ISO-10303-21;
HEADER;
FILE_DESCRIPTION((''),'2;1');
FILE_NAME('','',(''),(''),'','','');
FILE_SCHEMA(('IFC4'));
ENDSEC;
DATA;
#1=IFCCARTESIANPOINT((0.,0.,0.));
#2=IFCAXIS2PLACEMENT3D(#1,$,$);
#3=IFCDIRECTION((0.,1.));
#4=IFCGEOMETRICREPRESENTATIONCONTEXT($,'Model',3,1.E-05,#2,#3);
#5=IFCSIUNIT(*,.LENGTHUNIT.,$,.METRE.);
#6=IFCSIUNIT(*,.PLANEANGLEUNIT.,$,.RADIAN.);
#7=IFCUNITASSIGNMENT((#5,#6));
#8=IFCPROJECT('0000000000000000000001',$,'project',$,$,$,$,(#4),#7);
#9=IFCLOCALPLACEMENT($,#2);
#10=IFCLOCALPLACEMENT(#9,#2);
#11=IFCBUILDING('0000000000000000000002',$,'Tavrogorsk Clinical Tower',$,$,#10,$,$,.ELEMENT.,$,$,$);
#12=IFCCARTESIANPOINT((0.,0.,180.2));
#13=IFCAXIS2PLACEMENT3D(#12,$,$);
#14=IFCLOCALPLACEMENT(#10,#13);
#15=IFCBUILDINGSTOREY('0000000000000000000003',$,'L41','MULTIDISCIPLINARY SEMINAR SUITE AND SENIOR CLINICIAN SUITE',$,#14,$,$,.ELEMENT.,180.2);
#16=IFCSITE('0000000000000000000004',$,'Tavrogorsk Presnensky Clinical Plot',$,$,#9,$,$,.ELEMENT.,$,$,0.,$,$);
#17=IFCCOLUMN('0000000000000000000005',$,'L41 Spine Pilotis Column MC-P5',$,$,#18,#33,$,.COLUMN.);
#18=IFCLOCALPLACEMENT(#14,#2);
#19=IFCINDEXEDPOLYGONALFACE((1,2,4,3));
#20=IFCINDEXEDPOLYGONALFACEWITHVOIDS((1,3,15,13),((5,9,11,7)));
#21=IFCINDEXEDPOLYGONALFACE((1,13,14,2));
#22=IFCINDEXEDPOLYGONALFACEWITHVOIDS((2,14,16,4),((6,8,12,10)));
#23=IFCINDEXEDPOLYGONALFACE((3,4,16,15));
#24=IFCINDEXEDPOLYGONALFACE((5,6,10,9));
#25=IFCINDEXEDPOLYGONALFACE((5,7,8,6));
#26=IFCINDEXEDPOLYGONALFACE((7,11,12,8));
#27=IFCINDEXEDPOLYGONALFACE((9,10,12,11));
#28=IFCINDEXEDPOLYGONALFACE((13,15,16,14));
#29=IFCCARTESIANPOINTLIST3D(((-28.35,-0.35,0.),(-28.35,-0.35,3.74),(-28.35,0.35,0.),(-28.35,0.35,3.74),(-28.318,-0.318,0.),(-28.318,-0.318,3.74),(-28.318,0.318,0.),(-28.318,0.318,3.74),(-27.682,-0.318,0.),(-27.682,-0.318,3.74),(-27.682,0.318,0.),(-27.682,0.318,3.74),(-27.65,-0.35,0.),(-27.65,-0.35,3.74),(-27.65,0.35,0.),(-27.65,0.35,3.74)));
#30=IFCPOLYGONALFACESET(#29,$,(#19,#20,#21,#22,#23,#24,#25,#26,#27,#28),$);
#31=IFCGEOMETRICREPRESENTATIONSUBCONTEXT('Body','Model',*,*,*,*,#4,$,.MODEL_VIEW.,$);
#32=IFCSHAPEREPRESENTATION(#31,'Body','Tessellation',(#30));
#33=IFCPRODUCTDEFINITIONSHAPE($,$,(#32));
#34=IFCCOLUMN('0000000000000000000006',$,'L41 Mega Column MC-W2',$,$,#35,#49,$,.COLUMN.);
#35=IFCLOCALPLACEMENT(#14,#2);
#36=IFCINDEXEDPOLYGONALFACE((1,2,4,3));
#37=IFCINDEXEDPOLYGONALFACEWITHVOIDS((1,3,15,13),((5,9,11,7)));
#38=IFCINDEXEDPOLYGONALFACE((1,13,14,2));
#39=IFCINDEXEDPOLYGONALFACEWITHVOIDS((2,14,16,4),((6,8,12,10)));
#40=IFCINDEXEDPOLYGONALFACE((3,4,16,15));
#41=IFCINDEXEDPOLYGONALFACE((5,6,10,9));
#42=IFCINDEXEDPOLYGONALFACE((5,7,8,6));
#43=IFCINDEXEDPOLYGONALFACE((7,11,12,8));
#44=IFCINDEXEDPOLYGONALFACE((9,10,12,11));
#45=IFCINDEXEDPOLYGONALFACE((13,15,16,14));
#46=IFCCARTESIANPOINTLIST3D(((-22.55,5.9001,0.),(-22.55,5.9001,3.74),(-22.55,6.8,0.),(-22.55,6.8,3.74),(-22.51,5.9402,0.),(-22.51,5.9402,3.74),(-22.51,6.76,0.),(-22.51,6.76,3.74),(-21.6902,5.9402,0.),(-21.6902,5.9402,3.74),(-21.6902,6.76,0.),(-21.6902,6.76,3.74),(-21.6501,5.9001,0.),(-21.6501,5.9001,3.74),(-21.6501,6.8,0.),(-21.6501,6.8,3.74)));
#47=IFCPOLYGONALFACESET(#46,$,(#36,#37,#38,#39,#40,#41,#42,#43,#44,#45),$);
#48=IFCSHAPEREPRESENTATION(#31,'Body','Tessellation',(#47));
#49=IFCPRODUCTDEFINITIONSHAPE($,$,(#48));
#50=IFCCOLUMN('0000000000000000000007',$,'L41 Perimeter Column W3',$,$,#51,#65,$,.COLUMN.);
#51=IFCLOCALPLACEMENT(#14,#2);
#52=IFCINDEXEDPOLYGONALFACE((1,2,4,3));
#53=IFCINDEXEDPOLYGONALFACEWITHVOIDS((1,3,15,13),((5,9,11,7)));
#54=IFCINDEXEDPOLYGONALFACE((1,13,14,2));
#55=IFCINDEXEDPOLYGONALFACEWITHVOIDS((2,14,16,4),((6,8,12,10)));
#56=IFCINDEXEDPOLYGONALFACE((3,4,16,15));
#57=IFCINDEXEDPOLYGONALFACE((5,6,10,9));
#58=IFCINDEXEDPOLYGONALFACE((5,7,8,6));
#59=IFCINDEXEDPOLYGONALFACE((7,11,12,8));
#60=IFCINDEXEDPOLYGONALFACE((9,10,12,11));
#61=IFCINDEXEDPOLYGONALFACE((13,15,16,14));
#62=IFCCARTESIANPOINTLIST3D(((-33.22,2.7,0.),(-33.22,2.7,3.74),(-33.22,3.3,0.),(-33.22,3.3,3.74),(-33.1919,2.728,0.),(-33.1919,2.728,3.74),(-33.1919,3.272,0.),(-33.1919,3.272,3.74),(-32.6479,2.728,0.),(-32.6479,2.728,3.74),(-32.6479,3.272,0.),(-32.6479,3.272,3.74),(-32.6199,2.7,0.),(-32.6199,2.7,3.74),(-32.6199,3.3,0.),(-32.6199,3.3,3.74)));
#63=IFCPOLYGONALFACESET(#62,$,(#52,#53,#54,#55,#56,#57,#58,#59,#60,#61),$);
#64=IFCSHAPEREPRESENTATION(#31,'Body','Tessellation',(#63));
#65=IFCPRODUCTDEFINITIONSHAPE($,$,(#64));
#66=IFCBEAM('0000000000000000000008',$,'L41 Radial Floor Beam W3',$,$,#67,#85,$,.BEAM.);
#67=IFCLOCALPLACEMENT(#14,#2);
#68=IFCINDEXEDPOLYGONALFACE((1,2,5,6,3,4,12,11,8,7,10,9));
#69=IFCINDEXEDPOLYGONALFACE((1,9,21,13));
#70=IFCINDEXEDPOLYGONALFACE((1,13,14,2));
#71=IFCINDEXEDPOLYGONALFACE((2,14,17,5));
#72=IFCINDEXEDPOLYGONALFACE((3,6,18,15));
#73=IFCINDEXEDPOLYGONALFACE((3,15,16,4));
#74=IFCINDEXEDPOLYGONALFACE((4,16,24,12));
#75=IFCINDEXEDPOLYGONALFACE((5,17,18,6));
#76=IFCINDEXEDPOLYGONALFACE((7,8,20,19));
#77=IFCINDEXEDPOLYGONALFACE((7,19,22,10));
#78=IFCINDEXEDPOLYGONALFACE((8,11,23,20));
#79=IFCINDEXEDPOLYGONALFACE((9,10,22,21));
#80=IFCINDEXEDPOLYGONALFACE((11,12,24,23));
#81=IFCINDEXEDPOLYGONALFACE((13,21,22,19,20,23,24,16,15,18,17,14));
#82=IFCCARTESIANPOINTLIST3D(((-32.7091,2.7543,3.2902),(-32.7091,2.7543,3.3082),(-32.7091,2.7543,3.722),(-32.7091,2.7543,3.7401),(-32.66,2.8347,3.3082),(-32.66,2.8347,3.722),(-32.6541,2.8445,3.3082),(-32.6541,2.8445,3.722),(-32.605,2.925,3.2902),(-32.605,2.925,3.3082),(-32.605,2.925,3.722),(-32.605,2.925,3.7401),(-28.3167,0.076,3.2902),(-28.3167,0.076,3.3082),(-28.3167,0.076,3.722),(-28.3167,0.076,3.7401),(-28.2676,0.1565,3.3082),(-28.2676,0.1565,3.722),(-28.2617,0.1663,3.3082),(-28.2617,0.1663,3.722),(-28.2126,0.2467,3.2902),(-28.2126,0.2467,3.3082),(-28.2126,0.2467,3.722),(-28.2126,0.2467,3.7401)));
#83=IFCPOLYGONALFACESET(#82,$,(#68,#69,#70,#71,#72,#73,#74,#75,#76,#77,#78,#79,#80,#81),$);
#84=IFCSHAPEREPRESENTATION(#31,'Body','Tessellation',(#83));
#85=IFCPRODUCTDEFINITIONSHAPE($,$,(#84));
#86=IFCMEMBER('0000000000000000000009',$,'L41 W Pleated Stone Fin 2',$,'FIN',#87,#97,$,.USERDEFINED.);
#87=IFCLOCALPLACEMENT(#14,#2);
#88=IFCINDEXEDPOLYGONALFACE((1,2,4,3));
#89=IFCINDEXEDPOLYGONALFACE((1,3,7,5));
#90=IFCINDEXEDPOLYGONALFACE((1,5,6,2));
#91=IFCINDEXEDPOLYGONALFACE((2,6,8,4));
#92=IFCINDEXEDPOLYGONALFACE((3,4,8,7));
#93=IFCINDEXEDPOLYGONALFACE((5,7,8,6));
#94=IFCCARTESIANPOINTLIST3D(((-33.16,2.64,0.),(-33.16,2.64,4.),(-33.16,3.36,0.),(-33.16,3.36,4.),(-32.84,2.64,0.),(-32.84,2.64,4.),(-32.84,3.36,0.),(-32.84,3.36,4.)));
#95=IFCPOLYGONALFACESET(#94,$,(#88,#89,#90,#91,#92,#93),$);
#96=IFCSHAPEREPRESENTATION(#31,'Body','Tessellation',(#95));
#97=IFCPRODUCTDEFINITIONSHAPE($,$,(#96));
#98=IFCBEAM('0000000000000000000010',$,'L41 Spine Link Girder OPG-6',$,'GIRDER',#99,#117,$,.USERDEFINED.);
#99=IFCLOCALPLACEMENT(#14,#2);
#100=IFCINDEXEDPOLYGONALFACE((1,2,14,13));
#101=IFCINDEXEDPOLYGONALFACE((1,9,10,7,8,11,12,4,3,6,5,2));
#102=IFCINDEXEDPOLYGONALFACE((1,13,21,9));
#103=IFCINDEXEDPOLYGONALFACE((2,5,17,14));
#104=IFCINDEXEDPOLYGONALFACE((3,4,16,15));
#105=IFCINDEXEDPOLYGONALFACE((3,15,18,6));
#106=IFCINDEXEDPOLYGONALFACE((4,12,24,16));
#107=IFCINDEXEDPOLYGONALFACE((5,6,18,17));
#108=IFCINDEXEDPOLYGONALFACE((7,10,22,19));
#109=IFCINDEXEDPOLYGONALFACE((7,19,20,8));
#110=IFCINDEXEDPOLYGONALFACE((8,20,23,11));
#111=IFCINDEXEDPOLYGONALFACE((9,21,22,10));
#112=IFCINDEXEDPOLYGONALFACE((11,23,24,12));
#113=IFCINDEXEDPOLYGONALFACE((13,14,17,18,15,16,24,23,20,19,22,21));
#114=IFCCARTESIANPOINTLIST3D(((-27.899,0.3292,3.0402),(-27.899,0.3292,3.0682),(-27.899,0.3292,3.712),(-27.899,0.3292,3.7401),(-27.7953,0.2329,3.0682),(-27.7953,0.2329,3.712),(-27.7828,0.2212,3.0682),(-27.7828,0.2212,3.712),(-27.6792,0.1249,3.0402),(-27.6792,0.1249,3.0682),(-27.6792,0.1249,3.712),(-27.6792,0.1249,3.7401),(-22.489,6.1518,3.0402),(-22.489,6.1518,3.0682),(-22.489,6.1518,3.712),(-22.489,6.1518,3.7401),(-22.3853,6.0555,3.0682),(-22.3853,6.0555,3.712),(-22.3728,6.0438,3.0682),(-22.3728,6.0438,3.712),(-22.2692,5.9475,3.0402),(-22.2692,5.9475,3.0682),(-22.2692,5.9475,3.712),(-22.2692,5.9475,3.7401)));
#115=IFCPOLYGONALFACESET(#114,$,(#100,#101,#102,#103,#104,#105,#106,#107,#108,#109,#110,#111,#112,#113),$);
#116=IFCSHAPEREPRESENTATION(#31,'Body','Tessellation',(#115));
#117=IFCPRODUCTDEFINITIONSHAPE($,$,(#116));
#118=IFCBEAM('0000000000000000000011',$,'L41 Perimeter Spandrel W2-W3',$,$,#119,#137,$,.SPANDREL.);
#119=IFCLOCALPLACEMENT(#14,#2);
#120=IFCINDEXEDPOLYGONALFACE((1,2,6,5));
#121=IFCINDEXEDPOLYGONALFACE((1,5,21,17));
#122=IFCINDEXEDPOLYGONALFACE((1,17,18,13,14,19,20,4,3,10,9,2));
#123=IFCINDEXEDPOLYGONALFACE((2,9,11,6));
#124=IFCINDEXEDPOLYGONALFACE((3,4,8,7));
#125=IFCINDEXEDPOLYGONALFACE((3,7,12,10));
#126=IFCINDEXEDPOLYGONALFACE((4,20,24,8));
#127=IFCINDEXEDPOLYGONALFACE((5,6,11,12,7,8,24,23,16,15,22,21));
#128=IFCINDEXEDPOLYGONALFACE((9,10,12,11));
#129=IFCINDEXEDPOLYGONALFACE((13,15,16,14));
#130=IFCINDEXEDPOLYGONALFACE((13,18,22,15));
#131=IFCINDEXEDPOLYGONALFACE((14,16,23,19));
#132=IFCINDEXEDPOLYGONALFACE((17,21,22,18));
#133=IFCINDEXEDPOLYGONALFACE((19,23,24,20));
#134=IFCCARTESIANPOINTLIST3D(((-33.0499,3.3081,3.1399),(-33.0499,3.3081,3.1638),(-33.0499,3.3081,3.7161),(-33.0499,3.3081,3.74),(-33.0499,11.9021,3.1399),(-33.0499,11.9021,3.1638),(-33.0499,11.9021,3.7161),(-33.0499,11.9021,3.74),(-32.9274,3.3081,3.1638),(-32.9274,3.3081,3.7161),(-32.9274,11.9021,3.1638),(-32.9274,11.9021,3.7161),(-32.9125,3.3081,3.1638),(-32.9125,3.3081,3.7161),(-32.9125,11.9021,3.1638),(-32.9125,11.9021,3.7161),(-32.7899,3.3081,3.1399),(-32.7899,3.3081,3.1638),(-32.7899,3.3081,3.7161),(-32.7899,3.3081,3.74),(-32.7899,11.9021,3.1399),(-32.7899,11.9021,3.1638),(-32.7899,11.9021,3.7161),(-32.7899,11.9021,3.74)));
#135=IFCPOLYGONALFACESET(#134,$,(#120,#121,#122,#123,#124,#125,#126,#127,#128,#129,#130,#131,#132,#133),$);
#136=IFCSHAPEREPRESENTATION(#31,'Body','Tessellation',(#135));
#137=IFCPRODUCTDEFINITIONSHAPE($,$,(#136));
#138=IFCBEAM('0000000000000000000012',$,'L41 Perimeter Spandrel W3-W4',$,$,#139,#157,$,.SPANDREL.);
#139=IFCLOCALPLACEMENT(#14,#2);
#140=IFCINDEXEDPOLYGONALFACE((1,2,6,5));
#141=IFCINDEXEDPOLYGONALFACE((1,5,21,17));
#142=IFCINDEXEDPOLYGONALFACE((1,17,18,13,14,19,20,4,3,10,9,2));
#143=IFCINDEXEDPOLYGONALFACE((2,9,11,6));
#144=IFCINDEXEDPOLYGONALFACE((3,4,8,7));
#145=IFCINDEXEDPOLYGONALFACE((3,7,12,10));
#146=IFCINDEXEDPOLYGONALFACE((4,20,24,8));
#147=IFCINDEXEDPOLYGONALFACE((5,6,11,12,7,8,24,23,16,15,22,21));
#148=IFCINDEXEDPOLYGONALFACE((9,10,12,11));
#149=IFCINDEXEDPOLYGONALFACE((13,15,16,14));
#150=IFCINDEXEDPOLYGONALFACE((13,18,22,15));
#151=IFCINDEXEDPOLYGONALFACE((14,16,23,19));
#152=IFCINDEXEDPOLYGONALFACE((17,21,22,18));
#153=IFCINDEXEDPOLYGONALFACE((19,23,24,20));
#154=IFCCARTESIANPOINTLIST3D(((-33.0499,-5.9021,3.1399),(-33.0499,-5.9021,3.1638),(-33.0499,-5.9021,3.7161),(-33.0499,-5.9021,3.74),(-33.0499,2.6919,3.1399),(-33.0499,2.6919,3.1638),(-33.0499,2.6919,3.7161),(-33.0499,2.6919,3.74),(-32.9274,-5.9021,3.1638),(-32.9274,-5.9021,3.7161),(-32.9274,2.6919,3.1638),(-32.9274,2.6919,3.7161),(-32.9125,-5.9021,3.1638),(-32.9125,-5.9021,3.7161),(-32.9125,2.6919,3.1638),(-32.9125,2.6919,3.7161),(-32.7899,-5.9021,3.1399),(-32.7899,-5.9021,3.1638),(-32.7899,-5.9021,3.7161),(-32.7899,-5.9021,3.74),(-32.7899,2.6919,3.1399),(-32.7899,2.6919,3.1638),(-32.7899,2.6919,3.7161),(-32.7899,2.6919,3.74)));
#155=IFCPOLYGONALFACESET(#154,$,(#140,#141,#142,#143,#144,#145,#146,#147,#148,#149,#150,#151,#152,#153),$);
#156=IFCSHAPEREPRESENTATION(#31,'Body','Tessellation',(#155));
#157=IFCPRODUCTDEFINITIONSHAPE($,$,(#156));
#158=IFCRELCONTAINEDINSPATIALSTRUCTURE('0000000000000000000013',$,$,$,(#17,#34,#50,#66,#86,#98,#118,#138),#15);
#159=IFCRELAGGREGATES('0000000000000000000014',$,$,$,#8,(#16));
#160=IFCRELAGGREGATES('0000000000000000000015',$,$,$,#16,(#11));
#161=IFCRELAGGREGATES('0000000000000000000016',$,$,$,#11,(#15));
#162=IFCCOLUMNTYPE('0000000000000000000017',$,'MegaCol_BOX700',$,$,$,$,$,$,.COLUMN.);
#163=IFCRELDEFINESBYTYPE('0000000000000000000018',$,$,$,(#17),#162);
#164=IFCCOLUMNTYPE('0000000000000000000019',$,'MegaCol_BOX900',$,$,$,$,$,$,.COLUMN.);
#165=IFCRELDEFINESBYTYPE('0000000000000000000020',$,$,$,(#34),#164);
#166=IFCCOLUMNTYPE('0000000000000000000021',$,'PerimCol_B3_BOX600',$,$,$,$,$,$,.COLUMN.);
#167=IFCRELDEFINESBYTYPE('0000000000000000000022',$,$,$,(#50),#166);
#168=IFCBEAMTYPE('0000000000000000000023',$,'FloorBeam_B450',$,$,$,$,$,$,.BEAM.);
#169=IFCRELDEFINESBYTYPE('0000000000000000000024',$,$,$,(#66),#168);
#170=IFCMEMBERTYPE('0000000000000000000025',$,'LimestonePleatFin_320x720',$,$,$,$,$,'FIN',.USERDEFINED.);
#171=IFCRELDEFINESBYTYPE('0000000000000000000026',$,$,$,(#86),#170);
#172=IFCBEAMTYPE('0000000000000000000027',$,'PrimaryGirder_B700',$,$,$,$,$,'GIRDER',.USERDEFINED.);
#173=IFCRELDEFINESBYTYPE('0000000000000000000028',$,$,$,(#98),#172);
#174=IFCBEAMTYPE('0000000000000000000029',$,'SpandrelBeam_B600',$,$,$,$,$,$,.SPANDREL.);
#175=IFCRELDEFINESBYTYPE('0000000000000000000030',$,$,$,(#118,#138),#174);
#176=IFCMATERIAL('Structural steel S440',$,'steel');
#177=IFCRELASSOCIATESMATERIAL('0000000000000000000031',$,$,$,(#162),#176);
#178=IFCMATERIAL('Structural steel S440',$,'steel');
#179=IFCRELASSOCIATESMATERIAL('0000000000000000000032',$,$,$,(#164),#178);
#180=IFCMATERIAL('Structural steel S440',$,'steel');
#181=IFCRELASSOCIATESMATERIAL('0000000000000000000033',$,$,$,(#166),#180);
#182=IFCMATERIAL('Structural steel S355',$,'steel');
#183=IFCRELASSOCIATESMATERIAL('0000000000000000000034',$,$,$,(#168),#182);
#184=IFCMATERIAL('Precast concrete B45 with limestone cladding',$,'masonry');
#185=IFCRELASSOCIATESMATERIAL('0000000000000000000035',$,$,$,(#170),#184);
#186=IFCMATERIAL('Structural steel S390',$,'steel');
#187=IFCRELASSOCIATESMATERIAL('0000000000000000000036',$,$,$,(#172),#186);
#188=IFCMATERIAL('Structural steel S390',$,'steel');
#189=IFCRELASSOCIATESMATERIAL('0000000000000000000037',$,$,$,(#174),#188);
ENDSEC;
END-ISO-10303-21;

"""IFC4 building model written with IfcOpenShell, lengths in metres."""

from ifc_helpers import new_model, si_unit, direction, frame, origin, origin_2d, place, context, subcontext, project, spatial, rectangle, hollow_rectangle, i_section, extrude, material, material_profile, profile_set, type_object, element, save


model = new_model("IFC4")

# Units and contexts
model_context = context("Model", 3, precision=1e-05, world=origin(), true_north=direction((0.0, 1.0)))
body_context = subcontext(model_context, "Body", "Model", "MODEL_VIEW")
ifc_project = project(units=[si_unit("LENGTHUNIT", "METRE"), si_unit("PLANEANGLEUNIT", "RADIAN")], contexts=[model_context])

# Site, building, storey
site_placement = place(None, origin())
site = spatial("IfcSite", under=ifc_project, at=site_placement, Name="Tavrogorsk Presnensky Clinical Plot", CompositionType="ELEMENT", RefElevation=0.0)
building_placement = place(site_placement, origin())
building = spatial("IfcBuilding", under=site, at=building_placement, Name="Tavrogorsk Clinical Tower", CompositionType="ELEMENT")
storey_placement = place(building_placement, frame((0.0, 0.0, 180.2)))
storey = spatial("IfcBuildingStorey", under=building, at=storey_placement, Name="L41", Description="MULTIDISCIPLINARY SEMINAR SUITE AND SENIOR CLINICIAN SUITE", CompositionType="ELEMENT", Elevation=180.2)

# Columns
ifc_material_1 = material(Name="Structural steel S440", Category="steel")
ifc_material_profile_1 = material_profile(ifc_material_1, hollow_rectangle(XDim=0.7, YDim=0.7, WallThickness=0.032, at=origin_2d()), Name="BOX-700x700x32")
ifc_profile_set_1 = profile_set([ifc_material_profile_1], Name="Structural steel S440")
column_type_1 = type_object("IfcColumnType", Name="MegaCol_BOX700", PredefinedType="COLUMN", material=ifc_profile_set_1)
column_1_placement = place(storey_placement, frame((-28.0, 0.0, 0.0), z_axis=(0.0, 0.0, 1.0), x_axis=(1.0, 0.0, 0.0)))
element("IfcColumn", 1, at=column_1_placement, inside=storey, type_object=column_type_1, Name="L41 Spine Pilotis Column MC-P5", PredefinedType="COLUMN", context=body_context, shape_type="SweptSolid", body=[
    extrude(hollow_rectangle(XDim=0.7, YDim=0.7, WallThickness=0.032, at=origin_2d()), origin(), (0.0, 0.0, 1.0), 3.74),
])
ifc_material_2 = material(Name="Structural steel S440", Category="steel")
ifc_material_profile_2 = material_profile(ifc_material_2, hollow_rectangle(XDim=0.8999, YDim=0.8999, WallThickness=0.04, at=origin_2d()), Name="BOX-900x900x40")
ifc_profile_set_2 = profile_set([ifc_material_profile_2], Name="Structural steel S440")
column_type_2 = type_object("IfcColumnType", Name="MegaCol_BOX900", PredefinedType="COLUMN", material=ifc_profile_set_2)
column_2_placement = place(storey_placement, frame((-22.1001, 6.3501, 0.0), z_axis=(0.0, 0.0, 1.0), x_axis=(1.0, 0.0, 0.0)))
element("IfcColumn", 2, at=column_2_placement, inside=storey, type_object=column_type_2, Name="L41 Mega Column MC-W2", PredefinedType="COLUMN", context=body_context, shape_type="SweptSolid", body=[
    extrude(hollow_rectangle(XDim=0.8999, YDim=0.8999, WallThickness=0.04, at=origin_2d()), origin(), (0.0, 0.0, 1.0), 3.74),
])
ifc_material_3 = material(Name="Structural steel S440", Category="steel")
ifc_material_profile_3 = material_profile(ifc_material_3, hollow_rectangle(XDim=0.6001, YDim=0.6001, WallThickness=0.0281, at=origin_2d()), Name="BOX-600x600x28")
ifc_profile_set_3 = profile_set([ifc_material_profile_3], Name="Structural steel S440")
column_type_3 = type_object("IfcColumnType", Name="PerimCol_B3_BOX600", PredefinedType="COLUMN", material=ifc_profile_set_3)
column_3_placement = place(storey_placement, frame((-32.9199, 3.0, 0.0), z_axis=(0.0, 0.0, 1.0), x_axis=(1.0, 0.0, 0.0)))
element("IfcColumn", 3, at=column_3_placement, inside=storey, type_object=column_type_3, Name="L41 Perimeter Column W3", PredefinedType="COLUMN", context=body_context, shape_type="SweptSolid", body=[
    extrude(hollow_rectangle(XDim=0.6001, YDim=0.6001, WallThickness=0.0281, at=origin_2d()), origin(), (0.0, 0.0, 1.0), 3.74),
])

# Beam
ifc_material_4 = material(Name="Structural steel S355", Category="steel")
ifc_material_profile_4 = material_profile(ifc_material_4, i_section(OverallWidth=0.2, OverallDepth=0.45, WebThickness=0.0115, FlangeThickness=0.0181, at=origin_2d()), Name="B-450x200x11.5x18")
ifc_profile_set_4 = profile_set([ifc_material_profile_4], Name="Structural steel S355")
beam_type_1 = type_object("IfcBeamType", Name="FloorBeam_B450", PredefinedType="BEAM", material=ifc_profile_set_4)
beam_1_placement = place(storey_placement, frame((-28.2646, 0.1614, 3.5151), z_axis=(-0.853799, 0.520603, 0.0), x_axis=(-0.520603, -0.853799, 0.0)))
element("IfcBeam", 4, at=beam_1_placement, inside=storey, type_object=beam_type_1, Name="L41 Radial Floor Beam W3", PredefinedType="BEAM", context=body_context, shape_type="SweptSolid", body=[
    extrude(i_section(OverallWidth=0.2, OverallDepth=0.45, WebThickness=0.0115, FlangeThickness=0.0181, at=origin_2d()), origin(), (0.0, 0.0, 1.0), 5.1445),
])

# Member
ifc_material_5 = material(Name="Precast concrete B45 with limestone cladding", Category="masonry")
ifc_material_profile_5 = material_profile(ifc_material_5, rectangle(XDim=0.3201, YDim=0.72, at=origin_2d()), Name="LIMESTONE-FIN-320x720")
ifc_profile_set_5 = profile_set([ifc_material_profile_5], Name="Precast concrete B45 with limestone cladding")
member_type = type_object("IfcMemberType", Name="LimestonePleatFin_320x720", ElementType="FIN", PredefinedType="USERDEFINED", material=ifc_profile_set_5)
member_placement = place(storey_placement, frame((-33.0, 3.0, 0.0), z_axis=(0.0, 0.0, 1.0), x_axis=(1.0, 0.0, 0.0)))
element("IfcMember", 5, at=member_placement, inside=storey, type_object=member_type, Name="L41 W Pleated Stone Fin 2", ObjectType="FIN", PredefinedType="USERDEFINED", context=body_context, shape_type="SweptSolid", body=[
    extrude(rectangle(XDim=0.3201, YDim=0.72, at=origin_2d()), origin(), (0.0, 0.0, 1.0), 4.0),
])

# Beams
ifc_material_6 = material(Name="Structural steel S390", Category="steel")
ifc_material_profile_6 = material_profile(ifc_material_6, i_section(OverallWidth=0.3, OverallDepth=0.7, WebThickness=0.0171, FlangeThickness=0.0281, at=origin_2d()), Name="B-700x300x17x28")
ifc_profile_set_6 = profile_set([ifc_material_profile_6], Name="Structural steel S390")
beam_type_2 = type_object("IfcBeamType", Name="PrimaryGirder_B700", ElementType="GIRDER", PredefinedType="USERDEFINED", material=ifc_profile_set_6)
beam_2_placement = place(storey_placement, frame((-27.7891, 0.2271, 3.3901), z_axis=(0.680674, 0.732587, 0.0), x_axis=(-0.732587, 0.680674, 0.0)))
element("IfcBeam", 6, at=beam_2_placement, inside=storey, type_object=beam_type_2, Name="L41 Spine Link Girder OPG-6", ObjectType="GIRDER", PredefinedType="USERDEFINED", context=body_context, shape_type="SweptSolid", body=[
    extrude(i_section(OverallWidth=0.3, OverallDepth=0.7, WebThickness=0.0171, FlangeThickness=0.0281, at=origin_2d()), origin(), (0.0, 0.0, 1.0), 7.948),
])
ifc_material_7 = material(Name="Structural steel S390", Category="steel")
ifc_material_profile_7 = material_profile(ifc_material_7, i_section(OverallWidth=0.26, OverallDepth=0.6001, WebThickness=0.0149, FlangeThickness=0.0239, at=origin_2d()), Name="B-600x260x15x24")
ifc_profile_set_7 = profile_set([ifc_material_profile_7], Name="Structural steel S390")
beam_type_3 = type_object("IfcBeamType", Name="SpandrelBeam_B600", PredefinedType="SPANDREL", material=ifc_profile_set_7)
for number, where, z_axis, x_axis, name in (
    (7, (-32.9199, 11.9021, 3.4399), (0.0, -1.0, 0.0), (1.0, 0.0, 0.0), "L41 Perimeter Spandrel W2-W3"),
    (8, (-32.9199, 2.6919, 3.4399), (0.0, -1.0, 0.0), (1.0, 0.0, 0.0), "L41 Perimeter Spandrel W3-W4"),
):
    element("IfcBeam", number, at=place(storey_placement, frame(where, z_axis=z_axis, x_axis=x_axis)), inside=storey, type_object=beam_type_3, Name=name, PredefinedType="SPANDREL", context=body_context, shape_type="SweptSolid", body=[
        extrude(i_section(OverallWidth=0.26, OverallDepth=0.6001, WebThickness=0.0149, FlangeThickness=0.0239, at=origin_2d()), origin(), (0.0, 0.0, 1.0), 8.594),
    ])

save(model, "model.ifc")
